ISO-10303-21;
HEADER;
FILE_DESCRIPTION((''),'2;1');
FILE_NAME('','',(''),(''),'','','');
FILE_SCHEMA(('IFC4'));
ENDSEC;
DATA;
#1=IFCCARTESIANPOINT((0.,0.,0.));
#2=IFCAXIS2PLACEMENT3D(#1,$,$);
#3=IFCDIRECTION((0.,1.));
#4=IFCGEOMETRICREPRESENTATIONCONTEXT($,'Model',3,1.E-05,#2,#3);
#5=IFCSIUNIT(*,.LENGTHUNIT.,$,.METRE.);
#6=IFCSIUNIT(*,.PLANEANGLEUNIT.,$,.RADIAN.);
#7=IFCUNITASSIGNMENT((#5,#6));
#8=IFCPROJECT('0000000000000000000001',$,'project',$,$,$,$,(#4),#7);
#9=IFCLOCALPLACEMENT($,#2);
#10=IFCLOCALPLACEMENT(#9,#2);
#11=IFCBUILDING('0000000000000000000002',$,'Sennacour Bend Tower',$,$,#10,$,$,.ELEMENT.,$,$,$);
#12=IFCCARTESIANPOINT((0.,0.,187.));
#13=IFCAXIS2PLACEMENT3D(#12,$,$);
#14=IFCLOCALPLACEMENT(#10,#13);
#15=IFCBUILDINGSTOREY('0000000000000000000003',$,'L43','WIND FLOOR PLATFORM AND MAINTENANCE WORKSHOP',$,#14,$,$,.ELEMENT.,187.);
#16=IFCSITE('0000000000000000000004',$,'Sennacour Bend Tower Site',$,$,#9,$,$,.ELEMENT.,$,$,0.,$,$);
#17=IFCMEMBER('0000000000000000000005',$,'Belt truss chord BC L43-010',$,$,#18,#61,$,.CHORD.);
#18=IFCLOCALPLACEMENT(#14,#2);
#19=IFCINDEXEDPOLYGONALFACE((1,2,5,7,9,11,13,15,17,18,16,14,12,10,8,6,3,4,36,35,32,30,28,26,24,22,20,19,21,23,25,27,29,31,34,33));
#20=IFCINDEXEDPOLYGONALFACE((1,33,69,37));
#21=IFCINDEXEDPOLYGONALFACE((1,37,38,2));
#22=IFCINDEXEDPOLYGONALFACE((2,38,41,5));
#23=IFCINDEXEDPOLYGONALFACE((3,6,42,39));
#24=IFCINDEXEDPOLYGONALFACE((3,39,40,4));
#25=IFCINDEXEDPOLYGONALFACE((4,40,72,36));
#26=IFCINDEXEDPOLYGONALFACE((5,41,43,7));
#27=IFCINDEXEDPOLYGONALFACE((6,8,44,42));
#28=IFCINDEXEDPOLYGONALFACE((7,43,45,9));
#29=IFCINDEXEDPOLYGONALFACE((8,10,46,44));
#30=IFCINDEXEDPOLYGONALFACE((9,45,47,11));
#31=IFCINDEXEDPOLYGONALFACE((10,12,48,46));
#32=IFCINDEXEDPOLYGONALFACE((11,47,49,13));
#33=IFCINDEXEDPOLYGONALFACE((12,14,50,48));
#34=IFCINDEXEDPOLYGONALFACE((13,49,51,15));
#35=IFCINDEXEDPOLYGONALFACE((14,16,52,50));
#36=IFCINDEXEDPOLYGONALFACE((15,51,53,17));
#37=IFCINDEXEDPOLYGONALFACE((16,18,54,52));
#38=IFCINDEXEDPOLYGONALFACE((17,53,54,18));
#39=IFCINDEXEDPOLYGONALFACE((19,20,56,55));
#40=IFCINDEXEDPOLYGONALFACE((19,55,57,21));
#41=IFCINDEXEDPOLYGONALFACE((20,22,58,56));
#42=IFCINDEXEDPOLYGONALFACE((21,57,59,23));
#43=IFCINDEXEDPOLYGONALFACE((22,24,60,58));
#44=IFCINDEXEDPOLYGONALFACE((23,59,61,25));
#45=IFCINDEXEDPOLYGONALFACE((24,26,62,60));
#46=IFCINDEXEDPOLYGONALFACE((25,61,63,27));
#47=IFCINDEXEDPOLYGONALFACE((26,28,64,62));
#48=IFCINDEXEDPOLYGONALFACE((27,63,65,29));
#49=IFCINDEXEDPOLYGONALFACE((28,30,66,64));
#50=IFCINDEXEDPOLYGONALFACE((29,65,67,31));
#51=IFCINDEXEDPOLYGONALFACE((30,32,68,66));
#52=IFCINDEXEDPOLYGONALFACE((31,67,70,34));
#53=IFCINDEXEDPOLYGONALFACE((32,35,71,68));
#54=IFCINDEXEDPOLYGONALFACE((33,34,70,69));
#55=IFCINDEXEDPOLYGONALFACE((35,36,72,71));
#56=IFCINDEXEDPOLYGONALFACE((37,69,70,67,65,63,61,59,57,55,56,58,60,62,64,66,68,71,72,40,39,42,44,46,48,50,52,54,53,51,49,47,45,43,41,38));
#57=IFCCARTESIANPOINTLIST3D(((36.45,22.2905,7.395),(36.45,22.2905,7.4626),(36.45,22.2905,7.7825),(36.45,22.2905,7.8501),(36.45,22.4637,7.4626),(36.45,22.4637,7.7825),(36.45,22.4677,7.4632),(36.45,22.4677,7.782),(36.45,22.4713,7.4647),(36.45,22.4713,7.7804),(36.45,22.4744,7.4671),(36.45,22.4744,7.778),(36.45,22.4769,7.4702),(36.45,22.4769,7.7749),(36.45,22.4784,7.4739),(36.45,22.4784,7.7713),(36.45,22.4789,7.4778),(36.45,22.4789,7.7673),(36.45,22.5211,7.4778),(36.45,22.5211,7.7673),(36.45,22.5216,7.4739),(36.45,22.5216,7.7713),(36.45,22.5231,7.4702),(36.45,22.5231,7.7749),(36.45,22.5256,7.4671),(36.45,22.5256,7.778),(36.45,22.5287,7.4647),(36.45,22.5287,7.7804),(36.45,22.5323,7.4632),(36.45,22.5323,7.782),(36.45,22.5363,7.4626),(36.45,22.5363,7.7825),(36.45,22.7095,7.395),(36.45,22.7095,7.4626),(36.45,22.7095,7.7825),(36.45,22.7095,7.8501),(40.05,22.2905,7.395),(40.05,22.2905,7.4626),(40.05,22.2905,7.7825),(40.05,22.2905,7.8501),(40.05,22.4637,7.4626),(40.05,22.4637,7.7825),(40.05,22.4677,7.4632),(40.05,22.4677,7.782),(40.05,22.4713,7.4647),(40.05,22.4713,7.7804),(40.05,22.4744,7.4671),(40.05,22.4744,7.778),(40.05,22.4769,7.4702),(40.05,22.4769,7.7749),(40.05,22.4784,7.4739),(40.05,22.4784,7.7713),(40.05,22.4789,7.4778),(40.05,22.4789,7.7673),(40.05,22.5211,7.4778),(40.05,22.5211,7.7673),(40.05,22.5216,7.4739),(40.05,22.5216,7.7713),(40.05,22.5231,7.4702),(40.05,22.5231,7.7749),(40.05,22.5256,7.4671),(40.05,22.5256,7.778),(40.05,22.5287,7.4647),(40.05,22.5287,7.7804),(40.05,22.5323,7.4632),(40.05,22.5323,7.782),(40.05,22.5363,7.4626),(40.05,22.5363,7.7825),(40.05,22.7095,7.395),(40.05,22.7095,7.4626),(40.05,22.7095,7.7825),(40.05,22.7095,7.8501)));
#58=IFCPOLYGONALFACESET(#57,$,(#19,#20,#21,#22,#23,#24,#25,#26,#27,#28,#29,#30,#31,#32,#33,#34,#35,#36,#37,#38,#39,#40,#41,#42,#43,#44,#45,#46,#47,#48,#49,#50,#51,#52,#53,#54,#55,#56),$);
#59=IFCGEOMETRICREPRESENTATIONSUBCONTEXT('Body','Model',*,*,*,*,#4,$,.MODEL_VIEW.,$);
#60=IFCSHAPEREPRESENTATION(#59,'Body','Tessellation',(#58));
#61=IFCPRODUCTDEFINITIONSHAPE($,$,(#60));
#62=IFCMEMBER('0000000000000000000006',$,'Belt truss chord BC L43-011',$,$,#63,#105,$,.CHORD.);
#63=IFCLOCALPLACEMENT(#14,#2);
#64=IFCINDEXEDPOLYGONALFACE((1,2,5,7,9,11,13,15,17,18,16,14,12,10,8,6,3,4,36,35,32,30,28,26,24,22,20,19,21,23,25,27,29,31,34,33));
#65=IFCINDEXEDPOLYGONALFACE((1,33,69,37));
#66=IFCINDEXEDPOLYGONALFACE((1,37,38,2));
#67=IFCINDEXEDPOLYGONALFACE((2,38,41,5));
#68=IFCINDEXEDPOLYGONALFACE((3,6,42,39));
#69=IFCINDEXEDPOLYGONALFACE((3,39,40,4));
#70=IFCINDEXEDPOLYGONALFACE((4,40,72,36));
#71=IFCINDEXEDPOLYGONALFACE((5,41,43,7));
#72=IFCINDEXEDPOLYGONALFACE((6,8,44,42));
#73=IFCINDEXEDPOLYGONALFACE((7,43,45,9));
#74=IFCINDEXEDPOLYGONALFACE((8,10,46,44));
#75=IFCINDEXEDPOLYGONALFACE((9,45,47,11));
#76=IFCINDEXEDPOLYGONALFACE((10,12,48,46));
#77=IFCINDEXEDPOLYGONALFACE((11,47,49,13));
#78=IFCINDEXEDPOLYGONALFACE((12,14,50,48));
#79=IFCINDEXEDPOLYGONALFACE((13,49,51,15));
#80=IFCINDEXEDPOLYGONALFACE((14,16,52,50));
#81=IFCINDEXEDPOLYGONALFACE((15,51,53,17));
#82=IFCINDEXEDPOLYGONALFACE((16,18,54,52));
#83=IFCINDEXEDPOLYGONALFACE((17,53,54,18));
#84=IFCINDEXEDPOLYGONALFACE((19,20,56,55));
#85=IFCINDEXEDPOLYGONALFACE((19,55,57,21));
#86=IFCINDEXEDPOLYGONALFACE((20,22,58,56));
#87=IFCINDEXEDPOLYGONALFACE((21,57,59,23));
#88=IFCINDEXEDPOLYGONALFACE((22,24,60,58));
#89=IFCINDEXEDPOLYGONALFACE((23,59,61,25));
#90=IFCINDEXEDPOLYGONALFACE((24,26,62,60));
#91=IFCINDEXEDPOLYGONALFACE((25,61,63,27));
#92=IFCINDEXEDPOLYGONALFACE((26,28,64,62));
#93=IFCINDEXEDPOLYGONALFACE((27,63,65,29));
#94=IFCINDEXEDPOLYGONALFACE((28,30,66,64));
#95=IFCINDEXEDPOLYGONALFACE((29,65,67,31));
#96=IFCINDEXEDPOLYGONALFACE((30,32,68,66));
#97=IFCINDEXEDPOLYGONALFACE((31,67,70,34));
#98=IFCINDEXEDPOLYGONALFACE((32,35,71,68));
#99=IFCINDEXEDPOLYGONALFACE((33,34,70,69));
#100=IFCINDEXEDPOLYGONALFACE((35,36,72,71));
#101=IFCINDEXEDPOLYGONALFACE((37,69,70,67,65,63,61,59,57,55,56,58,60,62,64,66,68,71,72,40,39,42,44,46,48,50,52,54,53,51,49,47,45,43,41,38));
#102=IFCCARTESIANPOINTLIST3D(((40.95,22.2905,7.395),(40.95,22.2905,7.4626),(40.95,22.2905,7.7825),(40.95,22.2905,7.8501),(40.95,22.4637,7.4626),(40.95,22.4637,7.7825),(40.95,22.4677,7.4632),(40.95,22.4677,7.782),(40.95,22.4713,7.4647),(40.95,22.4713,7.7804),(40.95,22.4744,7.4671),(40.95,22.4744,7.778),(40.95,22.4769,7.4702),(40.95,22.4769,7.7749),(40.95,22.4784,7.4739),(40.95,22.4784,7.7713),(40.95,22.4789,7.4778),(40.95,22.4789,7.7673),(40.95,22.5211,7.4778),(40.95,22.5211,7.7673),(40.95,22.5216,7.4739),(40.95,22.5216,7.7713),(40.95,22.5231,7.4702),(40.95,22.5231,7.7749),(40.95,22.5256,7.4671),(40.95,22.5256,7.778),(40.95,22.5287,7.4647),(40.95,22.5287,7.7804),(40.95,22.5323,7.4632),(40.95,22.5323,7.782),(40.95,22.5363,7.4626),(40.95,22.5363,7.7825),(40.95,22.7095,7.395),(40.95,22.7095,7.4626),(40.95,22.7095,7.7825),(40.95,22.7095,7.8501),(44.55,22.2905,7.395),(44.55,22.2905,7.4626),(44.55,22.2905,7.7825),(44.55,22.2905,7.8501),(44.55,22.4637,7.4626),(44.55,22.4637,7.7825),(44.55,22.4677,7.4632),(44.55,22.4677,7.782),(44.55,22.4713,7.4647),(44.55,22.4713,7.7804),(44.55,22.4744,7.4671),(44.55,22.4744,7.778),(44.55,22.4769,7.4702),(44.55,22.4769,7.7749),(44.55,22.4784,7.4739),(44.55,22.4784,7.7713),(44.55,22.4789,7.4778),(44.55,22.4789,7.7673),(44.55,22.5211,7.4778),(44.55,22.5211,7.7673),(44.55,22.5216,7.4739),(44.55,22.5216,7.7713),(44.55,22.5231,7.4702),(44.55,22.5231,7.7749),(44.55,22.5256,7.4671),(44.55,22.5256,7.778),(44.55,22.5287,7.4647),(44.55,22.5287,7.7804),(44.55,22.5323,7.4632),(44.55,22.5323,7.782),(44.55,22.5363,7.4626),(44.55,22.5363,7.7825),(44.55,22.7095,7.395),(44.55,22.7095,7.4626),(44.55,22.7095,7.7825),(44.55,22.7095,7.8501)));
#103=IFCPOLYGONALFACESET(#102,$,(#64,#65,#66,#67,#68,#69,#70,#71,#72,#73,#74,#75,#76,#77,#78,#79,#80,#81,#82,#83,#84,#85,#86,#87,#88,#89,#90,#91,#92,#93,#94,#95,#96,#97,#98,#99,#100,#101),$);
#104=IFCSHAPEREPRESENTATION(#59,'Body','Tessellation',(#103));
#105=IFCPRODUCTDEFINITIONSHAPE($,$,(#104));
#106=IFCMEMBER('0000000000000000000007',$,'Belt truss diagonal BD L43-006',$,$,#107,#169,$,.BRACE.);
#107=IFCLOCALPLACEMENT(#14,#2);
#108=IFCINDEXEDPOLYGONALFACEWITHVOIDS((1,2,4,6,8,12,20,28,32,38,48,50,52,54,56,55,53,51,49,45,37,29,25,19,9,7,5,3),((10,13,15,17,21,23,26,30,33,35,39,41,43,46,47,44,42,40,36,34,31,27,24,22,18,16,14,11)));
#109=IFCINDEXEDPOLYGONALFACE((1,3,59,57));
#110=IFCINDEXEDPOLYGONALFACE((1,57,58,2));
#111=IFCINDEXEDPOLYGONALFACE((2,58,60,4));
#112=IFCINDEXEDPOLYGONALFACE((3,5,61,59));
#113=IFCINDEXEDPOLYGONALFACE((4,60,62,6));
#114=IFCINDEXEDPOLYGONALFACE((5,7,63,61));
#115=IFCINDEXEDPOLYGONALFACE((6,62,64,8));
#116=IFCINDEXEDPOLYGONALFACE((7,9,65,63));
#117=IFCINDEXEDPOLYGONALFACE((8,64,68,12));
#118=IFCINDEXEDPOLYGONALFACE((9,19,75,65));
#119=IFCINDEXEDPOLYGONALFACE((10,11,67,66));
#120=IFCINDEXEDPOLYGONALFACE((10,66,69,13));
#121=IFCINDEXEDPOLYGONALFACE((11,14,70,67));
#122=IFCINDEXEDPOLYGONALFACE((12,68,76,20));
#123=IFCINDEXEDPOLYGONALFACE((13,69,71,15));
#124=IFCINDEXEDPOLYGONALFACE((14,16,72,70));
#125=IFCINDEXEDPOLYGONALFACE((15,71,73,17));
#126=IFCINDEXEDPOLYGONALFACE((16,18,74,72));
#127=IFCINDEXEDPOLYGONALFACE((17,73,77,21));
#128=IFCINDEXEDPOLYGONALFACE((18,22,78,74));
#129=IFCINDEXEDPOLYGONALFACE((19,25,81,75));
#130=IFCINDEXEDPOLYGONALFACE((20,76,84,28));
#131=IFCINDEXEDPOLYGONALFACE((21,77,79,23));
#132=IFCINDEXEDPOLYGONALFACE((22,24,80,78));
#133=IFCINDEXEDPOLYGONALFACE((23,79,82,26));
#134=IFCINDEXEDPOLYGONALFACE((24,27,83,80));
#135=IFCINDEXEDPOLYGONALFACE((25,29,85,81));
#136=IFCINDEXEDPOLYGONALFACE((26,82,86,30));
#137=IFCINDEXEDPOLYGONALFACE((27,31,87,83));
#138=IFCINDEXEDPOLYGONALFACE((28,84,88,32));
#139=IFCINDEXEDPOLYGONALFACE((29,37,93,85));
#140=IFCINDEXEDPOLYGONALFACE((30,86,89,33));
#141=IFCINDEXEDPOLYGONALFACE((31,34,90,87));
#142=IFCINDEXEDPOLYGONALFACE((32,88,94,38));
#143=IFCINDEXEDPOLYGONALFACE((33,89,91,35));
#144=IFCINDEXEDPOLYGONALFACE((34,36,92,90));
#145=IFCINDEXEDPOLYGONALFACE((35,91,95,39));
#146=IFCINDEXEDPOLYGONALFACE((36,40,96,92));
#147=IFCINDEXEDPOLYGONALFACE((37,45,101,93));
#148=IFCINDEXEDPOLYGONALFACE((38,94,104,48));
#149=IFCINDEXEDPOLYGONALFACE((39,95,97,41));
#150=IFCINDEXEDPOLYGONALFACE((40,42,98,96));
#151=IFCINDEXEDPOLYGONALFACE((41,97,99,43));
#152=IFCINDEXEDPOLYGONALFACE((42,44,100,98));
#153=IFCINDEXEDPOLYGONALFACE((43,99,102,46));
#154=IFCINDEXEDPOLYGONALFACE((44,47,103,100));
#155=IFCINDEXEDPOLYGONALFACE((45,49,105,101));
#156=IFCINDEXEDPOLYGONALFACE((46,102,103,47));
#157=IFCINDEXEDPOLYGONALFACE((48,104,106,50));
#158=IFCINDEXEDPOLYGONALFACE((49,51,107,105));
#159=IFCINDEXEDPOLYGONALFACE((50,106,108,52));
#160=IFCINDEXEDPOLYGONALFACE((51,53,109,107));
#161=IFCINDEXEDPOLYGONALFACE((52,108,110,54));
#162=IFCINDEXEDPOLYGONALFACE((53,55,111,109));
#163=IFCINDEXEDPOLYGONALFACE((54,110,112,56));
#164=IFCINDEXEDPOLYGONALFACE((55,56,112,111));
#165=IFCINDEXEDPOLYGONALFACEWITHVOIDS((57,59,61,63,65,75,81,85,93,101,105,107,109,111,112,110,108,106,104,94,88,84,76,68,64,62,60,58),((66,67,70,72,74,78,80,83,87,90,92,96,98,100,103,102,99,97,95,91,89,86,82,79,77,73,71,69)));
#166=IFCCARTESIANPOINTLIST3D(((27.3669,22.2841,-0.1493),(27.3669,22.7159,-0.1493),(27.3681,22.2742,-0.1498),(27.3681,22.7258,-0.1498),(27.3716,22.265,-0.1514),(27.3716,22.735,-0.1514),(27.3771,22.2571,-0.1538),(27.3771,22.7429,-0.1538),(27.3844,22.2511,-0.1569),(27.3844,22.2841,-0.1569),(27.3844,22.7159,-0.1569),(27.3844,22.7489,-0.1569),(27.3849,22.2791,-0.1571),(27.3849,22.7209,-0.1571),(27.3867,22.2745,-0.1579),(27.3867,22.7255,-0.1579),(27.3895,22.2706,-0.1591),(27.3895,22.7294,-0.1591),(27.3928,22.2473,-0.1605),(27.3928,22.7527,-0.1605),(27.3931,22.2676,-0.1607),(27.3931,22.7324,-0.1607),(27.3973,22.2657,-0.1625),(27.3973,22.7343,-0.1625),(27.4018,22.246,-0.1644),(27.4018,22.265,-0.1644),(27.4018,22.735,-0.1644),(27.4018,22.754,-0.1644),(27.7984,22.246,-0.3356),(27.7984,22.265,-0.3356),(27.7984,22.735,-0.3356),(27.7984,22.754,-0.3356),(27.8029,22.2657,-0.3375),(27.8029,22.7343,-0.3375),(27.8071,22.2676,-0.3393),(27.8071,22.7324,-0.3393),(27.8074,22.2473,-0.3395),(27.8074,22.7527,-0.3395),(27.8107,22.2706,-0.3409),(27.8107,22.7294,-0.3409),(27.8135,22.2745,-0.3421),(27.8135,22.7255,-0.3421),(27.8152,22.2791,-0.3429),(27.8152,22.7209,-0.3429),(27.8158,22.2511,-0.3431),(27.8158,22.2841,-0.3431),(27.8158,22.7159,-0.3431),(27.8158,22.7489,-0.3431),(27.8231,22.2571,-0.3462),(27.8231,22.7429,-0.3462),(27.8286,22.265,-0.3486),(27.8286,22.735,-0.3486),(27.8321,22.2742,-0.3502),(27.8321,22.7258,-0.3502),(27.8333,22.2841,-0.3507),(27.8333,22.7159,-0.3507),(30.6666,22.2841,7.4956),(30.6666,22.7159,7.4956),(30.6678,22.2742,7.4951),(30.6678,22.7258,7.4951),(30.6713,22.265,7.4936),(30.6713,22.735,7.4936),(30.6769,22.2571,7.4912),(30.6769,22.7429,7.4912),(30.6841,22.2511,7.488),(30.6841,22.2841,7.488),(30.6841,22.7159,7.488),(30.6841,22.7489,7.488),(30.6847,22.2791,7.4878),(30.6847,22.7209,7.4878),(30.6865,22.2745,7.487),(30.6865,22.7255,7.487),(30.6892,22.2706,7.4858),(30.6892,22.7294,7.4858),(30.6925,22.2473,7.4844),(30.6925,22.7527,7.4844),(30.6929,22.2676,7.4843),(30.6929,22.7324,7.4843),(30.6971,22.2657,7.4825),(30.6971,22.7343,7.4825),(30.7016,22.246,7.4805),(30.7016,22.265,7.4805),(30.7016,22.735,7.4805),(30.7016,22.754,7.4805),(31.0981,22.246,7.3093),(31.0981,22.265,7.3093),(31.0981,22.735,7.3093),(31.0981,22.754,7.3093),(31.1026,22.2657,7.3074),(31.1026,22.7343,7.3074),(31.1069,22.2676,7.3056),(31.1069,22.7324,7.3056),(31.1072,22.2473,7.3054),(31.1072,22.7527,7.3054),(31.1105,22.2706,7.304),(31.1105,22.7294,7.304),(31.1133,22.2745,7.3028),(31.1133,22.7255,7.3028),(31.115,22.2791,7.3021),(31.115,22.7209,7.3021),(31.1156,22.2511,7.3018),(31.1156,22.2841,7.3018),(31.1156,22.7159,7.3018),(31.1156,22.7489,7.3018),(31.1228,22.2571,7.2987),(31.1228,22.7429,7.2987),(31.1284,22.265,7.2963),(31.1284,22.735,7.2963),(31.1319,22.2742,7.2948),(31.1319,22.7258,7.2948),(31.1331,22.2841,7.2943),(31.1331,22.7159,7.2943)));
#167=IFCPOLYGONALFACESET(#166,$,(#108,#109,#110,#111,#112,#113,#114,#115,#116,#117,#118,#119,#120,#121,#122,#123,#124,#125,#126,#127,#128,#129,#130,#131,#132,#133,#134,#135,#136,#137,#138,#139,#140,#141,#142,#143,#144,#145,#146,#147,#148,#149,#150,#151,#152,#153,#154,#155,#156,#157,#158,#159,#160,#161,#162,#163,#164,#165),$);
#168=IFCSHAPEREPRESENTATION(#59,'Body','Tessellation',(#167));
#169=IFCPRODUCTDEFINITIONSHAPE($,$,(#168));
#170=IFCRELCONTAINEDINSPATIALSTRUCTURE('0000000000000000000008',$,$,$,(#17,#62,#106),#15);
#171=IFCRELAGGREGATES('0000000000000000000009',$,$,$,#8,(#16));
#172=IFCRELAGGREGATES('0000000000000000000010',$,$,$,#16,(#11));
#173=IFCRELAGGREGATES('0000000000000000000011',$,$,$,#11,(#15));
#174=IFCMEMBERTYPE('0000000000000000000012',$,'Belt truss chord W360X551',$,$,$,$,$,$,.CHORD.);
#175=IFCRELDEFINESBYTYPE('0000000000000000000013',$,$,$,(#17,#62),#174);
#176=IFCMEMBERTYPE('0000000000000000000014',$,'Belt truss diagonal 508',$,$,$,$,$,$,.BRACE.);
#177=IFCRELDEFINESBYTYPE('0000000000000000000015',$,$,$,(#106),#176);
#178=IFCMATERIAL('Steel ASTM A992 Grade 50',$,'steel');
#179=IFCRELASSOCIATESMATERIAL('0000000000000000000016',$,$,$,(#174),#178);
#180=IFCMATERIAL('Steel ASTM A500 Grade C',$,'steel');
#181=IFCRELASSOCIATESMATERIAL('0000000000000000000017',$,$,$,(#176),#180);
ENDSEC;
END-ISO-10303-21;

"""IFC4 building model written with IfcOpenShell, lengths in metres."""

from ifc_helpers import new_model, si_unit, direction, frame, origin, origin_2d, place, context, subcontext, project, spatial, hollow_rectangle, i_section, extrude, material, material_profile, profile_set, type_object, element, save


model = new_model("IFC4")

# Units and contexts
model_context = context("Model", 3, precision=1e-05, world=origin(), true_north=direction((0.0, 1.0)))
body_context = subcontext(model_context, "Body", "Model", "MODEL_VIEW")
ifc_project = project(units=[si_unit("LENGTHUNIT", "METRE"), si_unit("PLANEANGLEUNIT", "RADIAN")], contexts=[model_context])

# Site, building, storey
site_placement = place(None, origin())
site = spatial("IfcSite", under=ifc_project, at=site_placement, Name="Sennacour Bend Tower Site", CompositionType="ELEMENT", RefElevation=0.0)
building_placement = place(site_placement, origin())
building = spatial("IfcBuilding", under=site, at=building_placement, Name="Sennacour Bend Tower", CompositionType="ELEMENT")
storey_placement = place(building_placement, frame((0.0, 0.0, 187.0)))
storey = spatial("IfcBuildingStorey", under=building, at=storey_placement, Name="L43", Description="WIND FLOOR PLATFORM AND MAINTENANCE WORKSHOP", CompositionType="ELEMENT", Elevation=187.0)

# Members
ifc_material_1 = material(Name="Steel ASTM A992 Grade 50", Category="steel")
ifc_material_profile_1 = material_profile(ifc_material_1, i_section(OverallWidth=0.4189, OverallDepth=0.4551, WebThickness=0.0422, FlangeThickness=0.0676, FilletRadius=0.0151, at=origin_2d()), Name="Steel ASTM A992 Grade 50", Category="steel")
ifc_profile_set_1 = profile_set([ifc_material_profile_1], Name="Steel ASTM A992 Grade 50")
member_type_1 = type_object("IfcMemberType", Name="Belt truss chord W360X551", PredefinedType="CHORD", material=ifc_profile_set_1)
for number, where, z_axis, x_axis, name in (
    (1, (36.45, 22.5, 7.6226), (1.0, 0.0, 0.0), (0.0, 1.0, 0.0), "Belt truss chord BC L43-010"),
    (2, (40.95, 22.5, 7.6226), (1.0, 0.0, 0.0), (0.0, 1.0, 0.0), "Belt truss chord BC L43-011"),
):
    element("IfcMember", number, at=place(storey_placement, frame(where, z_axis=z_axis, x_axis=x_axis)), inside=storey, type_object=member_type_1, Name=name, PredefinedType="CHORD", context=body_context, shape_type="SweptSolid", body=[
        extrude(i_section(OverallWidth=0.4189, OverallDepth=0.4551, WebThickness=0.0422, FlangeThickness=0.0676, FilletRadius=0.0151, at=origin_2d()), origin(), (0.0, 0.0, 1.0), 3.6001),
    ])
ifc_material_2 = material(Name="Steel ASTM A500 Grade C", Category="steel")
ifc_material_profile_2 = material_profile(ifc_material_2, hollow_rectangle(XDim=0.5081, YDim=0.5081, WallThickness=0.019, InnerFilletRadius=0.019, OuterFilletRadius=0.0381, at=origin_2d()), Name="Steel ASTM A500 Grade C", Category="steel")
ifc_profile_set_2 = profile_set([ifc_material_profile_2], Name="Steel ASTM A500 Grade C")
member_type_2 = type_object("IfcMemberType", Name="Belt truss diagonal 508", PredefinedType="BRACE", material=ifc_profile_set_2)
for number, where, z_axis, x_axis, name in (
    (3, (27.6001, 22.5, -0.25), (0.396289, 0.0, 0.918126), (0.0, 1.0, 0.0), "Belt truss diagonal BD L43-006"),
):
    element("IfcMember", number, at=place(storey_placement, frame(where, z_axis=z_axis, x_axis=x_axis)), inside=storey, type_object=member_type_2, Name=name, PredefinedType="BRACE", context=body_context, shape_type="SweptSolid", body=[
        extrude(hollow_rectangle(XDim=0.5081, YDim=0.5081, WallThickness=0.019, InnerFilletRadius=0.019, OuterFilletRadius=0.0381, at=origin_2d()), origin(), (0.0, 0.0, 1.0), 8.3267),
    ])

save(model, "model.ifc")
